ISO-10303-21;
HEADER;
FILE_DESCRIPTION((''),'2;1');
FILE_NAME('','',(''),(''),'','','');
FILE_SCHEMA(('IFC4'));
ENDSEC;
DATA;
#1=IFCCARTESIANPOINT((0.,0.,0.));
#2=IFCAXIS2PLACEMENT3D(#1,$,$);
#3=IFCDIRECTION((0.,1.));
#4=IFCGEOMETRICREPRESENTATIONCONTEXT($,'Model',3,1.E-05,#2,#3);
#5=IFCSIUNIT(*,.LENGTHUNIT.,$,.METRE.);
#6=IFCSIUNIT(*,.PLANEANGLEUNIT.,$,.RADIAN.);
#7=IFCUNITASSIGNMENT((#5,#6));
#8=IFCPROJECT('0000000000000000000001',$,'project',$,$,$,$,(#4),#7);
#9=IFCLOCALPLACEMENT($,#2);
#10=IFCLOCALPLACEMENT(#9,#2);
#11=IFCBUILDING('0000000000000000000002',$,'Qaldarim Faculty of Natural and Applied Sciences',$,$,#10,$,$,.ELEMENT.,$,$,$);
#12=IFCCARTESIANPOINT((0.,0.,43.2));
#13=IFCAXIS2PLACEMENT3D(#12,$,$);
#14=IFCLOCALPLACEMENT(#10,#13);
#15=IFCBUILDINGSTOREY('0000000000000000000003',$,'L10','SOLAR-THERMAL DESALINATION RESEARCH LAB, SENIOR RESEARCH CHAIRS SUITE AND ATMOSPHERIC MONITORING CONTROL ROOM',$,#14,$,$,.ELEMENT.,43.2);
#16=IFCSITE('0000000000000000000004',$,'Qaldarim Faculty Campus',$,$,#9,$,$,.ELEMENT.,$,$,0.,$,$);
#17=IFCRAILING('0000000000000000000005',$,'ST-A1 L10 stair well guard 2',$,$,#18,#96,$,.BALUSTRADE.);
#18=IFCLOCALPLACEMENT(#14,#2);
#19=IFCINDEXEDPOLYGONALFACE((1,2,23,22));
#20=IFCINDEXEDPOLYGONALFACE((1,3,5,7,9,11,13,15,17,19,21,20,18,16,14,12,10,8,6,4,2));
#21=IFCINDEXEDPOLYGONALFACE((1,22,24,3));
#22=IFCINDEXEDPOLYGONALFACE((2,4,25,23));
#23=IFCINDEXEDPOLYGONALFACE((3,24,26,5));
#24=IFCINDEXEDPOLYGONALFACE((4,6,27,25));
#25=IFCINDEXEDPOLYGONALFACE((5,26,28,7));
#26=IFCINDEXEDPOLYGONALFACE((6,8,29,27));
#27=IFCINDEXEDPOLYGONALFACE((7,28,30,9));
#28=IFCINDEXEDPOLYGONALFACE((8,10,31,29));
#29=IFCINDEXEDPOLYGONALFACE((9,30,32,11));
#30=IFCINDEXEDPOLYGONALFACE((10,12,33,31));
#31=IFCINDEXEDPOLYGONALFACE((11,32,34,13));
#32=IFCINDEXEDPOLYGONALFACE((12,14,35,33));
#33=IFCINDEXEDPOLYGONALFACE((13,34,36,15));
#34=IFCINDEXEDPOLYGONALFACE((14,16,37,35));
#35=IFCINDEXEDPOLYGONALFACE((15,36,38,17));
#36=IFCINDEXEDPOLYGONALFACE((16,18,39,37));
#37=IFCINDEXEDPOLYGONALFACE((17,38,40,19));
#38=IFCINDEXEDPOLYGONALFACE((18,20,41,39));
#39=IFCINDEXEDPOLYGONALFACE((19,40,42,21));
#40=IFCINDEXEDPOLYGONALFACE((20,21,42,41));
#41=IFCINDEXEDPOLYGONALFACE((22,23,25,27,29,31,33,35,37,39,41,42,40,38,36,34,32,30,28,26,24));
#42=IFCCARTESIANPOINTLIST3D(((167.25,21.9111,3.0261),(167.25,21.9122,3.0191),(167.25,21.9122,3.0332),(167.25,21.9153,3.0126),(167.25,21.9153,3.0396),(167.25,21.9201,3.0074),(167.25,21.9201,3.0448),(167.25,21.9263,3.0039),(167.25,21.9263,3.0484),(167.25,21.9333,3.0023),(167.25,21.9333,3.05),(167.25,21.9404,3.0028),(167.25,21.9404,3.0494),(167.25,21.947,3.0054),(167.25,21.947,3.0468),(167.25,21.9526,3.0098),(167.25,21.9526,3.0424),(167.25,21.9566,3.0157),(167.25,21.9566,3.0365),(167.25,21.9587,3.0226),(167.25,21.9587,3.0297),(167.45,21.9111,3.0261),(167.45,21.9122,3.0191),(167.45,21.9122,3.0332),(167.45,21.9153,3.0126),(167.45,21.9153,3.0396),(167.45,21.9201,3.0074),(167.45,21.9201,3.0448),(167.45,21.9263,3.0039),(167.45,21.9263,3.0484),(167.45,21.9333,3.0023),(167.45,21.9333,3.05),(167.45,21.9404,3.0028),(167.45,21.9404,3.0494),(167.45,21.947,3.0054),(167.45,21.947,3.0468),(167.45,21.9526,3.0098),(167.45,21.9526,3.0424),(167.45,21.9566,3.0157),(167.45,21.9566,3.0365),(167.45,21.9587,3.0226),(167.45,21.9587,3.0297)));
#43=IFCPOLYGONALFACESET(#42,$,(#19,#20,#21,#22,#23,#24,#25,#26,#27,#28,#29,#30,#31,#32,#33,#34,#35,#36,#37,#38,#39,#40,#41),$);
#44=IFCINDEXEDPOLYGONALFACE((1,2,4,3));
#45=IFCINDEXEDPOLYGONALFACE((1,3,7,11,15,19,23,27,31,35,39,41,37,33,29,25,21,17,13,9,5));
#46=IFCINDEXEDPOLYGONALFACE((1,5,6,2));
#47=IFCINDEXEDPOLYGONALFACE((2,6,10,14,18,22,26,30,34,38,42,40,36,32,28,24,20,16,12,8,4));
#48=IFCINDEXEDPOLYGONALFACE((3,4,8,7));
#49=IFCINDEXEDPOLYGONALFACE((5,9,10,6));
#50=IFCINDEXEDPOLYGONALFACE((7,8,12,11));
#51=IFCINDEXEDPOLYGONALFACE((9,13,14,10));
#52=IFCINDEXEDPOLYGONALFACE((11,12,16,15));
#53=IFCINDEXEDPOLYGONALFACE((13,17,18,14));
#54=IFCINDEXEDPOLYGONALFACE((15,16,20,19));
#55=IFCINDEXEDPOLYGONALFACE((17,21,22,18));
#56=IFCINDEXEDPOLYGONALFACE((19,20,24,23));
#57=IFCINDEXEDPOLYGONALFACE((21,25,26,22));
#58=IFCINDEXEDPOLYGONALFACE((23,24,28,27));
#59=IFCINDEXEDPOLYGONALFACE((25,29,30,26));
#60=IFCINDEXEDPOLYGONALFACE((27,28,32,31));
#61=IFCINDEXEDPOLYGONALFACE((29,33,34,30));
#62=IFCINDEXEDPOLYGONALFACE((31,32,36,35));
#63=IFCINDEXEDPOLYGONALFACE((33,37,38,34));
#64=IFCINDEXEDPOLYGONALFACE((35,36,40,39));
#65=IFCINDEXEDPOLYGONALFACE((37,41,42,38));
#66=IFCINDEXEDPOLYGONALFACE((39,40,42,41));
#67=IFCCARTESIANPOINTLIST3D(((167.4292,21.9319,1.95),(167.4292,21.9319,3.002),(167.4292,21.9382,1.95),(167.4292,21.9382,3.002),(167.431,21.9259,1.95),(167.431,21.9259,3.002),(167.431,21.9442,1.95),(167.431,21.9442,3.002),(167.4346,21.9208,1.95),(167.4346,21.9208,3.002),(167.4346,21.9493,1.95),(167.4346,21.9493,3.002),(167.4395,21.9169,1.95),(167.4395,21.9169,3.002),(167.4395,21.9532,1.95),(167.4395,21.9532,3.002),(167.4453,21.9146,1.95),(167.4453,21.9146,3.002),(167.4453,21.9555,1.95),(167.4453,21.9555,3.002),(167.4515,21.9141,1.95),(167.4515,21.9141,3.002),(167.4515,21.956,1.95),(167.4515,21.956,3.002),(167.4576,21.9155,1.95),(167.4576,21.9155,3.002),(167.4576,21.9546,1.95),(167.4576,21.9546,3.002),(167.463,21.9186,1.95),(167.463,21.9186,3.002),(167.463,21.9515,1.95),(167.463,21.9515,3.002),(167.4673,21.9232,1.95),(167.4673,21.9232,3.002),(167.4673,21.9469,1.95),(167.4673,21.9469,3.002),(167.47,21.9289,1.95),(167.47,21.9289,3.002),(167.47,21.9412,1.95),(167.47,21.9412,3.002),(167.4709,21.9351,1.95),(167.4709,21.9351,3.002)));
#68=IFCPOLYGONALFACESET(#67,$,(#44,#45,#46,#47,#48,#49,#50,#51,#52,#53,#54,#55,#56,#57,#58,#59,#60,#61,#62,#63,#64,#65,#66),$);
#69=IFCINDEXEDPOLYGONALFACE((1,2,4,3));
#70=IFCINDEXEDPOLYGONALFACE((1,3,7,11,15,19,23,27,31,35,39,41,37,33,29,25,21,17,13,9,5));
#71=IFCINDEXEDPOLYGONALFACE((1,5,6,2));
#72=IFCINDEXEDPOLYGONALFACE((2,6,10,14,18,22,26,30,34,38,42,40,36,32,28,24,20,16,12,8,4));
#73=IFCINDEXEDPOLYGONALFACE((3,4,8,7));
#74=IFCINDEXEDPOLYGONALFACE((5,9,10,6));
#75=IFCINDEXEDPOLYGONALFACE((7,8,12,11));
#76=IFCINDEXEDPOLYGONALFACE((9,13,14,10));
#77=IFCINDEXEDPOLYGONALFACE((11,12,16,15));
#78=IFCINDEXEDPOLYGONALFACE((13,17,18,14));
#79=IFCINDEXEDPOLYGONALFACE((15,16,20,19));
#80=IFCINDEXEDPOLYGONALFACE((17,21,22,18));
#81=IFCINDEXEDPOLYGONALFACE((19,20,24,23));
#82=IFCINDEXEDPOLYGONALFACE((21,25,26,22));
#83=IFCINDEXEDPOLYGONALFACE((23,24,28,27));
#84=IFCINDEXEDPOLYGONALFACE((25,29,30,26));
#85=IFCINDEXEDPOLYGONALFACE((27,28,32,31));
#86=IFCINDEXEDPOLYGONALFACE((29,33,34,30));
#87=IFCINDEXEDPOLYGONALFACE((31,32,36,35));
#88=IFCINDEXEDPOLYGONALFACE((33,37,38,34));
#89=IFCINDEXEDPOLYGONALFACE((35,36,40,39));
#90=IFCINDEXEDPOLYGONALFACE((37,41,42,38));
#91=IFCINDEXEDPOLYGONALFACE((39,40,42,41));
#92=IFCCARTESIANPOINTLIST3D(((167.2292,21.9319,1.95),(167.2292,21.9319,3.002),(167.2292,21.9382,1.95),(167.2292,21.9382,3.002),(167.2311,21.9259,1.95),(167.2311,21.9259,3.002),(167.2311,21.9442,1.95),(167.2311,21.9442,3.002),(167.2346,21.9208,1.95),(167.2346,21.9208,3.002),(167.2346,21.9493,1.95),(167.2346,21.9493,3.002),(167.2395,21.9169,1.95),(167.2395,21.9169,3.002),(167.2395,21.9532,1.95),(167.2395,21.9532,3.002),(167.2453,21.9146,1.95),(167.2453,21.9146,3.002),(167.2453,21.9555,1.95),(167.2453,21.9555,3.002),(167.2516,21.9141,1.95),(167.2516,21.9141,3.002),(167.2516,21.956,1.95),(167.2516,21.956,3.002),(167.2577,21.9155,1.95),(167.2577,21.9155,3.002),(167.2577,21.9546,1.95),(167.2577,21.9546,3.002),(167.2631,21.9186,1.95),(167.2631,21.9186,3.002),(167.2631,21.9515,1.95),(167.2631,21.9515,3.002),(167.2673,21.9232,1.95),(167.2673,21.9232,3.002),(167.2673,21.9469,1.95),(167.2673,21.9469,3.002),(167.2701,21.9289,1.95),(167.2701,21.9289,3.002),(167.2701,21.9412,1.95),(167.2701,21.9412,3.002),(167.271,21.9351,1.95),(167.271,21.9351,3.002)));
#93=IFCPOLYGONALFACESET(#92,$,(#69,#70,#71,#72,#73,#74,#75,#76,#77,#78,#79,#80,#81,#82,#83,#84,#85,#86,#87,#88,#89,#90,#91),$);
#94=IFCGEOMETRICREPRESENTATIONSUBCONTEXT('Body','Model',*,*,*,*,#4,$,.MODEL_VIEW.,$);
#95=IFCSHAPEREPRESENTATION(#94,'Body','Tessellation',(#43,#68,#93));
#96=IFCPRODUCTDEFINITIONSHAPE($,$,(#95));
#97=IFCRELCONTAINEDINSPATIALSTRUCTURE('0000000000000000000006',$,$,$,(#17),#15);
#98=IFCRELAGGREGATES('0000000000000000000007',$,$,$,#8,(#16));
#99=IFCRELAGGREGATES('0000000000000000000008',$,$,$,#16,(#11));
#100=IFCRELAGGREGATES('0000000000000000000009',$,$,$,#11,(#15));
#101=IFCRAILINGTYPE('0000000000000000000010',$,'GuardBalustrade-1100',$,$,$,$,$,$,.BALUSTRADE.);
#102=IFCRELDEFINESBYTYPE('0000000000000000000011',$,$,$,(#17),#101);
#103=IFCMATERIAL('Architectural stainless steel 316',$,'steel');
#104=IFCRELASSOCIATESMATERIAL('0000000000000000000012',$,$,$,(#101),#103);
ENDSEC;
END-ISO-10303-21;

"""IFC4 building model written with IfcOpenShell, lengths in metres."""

from ifc_helpers import new_model, si_unit, direction, frame, origin, origin_2d, place, context, subcontext, project, spatial, circle, extrude, material, type_object, element, save


model = new_model("IFC4")

# Units and contexts
model_context = context("Model", 3, precision=1e-05, world=origin(), true_north=direction((0.0, 1.0)))
body_context = subcontext(model_context, "Body", "Model", "MODEL_VIEW")
ifc_project = project(units=[si_unit("LENGTHUNIT", "METRE"), si_unit("PLANEANGLEUNIT", "RADIAN")], contexts=[model_context])

# Site, building, storey
site_placement = place(None, origin())
site = spatial("IfcSite", under=ifc_project, at=site_placement, Name="Qaldarim Faculty Campus", CompositionType="ELEMENT", RefElevation=0.0)
building_placement = place(site_placement, origin())
building = spatial("IfcBuilding", under=site, at=building_placement, Name="Qaldarim Faculty of Natural and Applied Sciences", CompositionType="ELEMENT")
storey_placement = place(building_placement, frame((0.0, 0.0, 43.2)))
storey = spatial("IfcBuildingStorey", under=building, at=storey_placement, Name="L10", Description="SOLAR-THERMAL DESALINATION RESEARCH LAB, SENIOR RESEARCH CHAIRS SUITE AND ATMOSPHERIC MONITORING CONTROL ROOM", CompositionType="ELEMENT", Elevation=43.2)

# Shared definitions
ifc_material_1 = material(Name="Architectural stainless steel 316", Category="steel")

# Railing
railing_type_1 = type_object("IfcRailingType", Name="GuardBalustrade-1100", PredefinedType="BALUSTRADE", material=ifc_material_1)
railing_1_placement = place(storey_placement, frame((167.45, 21.9351, 1.95)))
element("IfcRailing", 1, at=railing_1_placement, inside=storey, type_object=railing_type_1, Name="ST-A1 L10 stair well guard 2", PredefinedType="BALUSTRADE", context=body_context, shape_type="SweptSolid", body=[
    extrude(circle(Radius=0.0239, at=origin_2d()), frame((0.0, 0.0, 1.0762), z_axis=(-1.0, 0.0, 0.0), x_axis=(0.0, -1.0, 0.0)), (0.0, 0.0, 1.0), 0.2),
    extrude(circle(Radius=0.021, at=origin_2d()), origin(), (0.0, 0.0, 1.0), 1.052),
    extrude(circle(Radius=0.021, at=origin_2d()), frame((-0.2, 0.0, 0.0)), (0.0, 0.0, 1.0), 1.052),
])

save(model, "model.ifc")
